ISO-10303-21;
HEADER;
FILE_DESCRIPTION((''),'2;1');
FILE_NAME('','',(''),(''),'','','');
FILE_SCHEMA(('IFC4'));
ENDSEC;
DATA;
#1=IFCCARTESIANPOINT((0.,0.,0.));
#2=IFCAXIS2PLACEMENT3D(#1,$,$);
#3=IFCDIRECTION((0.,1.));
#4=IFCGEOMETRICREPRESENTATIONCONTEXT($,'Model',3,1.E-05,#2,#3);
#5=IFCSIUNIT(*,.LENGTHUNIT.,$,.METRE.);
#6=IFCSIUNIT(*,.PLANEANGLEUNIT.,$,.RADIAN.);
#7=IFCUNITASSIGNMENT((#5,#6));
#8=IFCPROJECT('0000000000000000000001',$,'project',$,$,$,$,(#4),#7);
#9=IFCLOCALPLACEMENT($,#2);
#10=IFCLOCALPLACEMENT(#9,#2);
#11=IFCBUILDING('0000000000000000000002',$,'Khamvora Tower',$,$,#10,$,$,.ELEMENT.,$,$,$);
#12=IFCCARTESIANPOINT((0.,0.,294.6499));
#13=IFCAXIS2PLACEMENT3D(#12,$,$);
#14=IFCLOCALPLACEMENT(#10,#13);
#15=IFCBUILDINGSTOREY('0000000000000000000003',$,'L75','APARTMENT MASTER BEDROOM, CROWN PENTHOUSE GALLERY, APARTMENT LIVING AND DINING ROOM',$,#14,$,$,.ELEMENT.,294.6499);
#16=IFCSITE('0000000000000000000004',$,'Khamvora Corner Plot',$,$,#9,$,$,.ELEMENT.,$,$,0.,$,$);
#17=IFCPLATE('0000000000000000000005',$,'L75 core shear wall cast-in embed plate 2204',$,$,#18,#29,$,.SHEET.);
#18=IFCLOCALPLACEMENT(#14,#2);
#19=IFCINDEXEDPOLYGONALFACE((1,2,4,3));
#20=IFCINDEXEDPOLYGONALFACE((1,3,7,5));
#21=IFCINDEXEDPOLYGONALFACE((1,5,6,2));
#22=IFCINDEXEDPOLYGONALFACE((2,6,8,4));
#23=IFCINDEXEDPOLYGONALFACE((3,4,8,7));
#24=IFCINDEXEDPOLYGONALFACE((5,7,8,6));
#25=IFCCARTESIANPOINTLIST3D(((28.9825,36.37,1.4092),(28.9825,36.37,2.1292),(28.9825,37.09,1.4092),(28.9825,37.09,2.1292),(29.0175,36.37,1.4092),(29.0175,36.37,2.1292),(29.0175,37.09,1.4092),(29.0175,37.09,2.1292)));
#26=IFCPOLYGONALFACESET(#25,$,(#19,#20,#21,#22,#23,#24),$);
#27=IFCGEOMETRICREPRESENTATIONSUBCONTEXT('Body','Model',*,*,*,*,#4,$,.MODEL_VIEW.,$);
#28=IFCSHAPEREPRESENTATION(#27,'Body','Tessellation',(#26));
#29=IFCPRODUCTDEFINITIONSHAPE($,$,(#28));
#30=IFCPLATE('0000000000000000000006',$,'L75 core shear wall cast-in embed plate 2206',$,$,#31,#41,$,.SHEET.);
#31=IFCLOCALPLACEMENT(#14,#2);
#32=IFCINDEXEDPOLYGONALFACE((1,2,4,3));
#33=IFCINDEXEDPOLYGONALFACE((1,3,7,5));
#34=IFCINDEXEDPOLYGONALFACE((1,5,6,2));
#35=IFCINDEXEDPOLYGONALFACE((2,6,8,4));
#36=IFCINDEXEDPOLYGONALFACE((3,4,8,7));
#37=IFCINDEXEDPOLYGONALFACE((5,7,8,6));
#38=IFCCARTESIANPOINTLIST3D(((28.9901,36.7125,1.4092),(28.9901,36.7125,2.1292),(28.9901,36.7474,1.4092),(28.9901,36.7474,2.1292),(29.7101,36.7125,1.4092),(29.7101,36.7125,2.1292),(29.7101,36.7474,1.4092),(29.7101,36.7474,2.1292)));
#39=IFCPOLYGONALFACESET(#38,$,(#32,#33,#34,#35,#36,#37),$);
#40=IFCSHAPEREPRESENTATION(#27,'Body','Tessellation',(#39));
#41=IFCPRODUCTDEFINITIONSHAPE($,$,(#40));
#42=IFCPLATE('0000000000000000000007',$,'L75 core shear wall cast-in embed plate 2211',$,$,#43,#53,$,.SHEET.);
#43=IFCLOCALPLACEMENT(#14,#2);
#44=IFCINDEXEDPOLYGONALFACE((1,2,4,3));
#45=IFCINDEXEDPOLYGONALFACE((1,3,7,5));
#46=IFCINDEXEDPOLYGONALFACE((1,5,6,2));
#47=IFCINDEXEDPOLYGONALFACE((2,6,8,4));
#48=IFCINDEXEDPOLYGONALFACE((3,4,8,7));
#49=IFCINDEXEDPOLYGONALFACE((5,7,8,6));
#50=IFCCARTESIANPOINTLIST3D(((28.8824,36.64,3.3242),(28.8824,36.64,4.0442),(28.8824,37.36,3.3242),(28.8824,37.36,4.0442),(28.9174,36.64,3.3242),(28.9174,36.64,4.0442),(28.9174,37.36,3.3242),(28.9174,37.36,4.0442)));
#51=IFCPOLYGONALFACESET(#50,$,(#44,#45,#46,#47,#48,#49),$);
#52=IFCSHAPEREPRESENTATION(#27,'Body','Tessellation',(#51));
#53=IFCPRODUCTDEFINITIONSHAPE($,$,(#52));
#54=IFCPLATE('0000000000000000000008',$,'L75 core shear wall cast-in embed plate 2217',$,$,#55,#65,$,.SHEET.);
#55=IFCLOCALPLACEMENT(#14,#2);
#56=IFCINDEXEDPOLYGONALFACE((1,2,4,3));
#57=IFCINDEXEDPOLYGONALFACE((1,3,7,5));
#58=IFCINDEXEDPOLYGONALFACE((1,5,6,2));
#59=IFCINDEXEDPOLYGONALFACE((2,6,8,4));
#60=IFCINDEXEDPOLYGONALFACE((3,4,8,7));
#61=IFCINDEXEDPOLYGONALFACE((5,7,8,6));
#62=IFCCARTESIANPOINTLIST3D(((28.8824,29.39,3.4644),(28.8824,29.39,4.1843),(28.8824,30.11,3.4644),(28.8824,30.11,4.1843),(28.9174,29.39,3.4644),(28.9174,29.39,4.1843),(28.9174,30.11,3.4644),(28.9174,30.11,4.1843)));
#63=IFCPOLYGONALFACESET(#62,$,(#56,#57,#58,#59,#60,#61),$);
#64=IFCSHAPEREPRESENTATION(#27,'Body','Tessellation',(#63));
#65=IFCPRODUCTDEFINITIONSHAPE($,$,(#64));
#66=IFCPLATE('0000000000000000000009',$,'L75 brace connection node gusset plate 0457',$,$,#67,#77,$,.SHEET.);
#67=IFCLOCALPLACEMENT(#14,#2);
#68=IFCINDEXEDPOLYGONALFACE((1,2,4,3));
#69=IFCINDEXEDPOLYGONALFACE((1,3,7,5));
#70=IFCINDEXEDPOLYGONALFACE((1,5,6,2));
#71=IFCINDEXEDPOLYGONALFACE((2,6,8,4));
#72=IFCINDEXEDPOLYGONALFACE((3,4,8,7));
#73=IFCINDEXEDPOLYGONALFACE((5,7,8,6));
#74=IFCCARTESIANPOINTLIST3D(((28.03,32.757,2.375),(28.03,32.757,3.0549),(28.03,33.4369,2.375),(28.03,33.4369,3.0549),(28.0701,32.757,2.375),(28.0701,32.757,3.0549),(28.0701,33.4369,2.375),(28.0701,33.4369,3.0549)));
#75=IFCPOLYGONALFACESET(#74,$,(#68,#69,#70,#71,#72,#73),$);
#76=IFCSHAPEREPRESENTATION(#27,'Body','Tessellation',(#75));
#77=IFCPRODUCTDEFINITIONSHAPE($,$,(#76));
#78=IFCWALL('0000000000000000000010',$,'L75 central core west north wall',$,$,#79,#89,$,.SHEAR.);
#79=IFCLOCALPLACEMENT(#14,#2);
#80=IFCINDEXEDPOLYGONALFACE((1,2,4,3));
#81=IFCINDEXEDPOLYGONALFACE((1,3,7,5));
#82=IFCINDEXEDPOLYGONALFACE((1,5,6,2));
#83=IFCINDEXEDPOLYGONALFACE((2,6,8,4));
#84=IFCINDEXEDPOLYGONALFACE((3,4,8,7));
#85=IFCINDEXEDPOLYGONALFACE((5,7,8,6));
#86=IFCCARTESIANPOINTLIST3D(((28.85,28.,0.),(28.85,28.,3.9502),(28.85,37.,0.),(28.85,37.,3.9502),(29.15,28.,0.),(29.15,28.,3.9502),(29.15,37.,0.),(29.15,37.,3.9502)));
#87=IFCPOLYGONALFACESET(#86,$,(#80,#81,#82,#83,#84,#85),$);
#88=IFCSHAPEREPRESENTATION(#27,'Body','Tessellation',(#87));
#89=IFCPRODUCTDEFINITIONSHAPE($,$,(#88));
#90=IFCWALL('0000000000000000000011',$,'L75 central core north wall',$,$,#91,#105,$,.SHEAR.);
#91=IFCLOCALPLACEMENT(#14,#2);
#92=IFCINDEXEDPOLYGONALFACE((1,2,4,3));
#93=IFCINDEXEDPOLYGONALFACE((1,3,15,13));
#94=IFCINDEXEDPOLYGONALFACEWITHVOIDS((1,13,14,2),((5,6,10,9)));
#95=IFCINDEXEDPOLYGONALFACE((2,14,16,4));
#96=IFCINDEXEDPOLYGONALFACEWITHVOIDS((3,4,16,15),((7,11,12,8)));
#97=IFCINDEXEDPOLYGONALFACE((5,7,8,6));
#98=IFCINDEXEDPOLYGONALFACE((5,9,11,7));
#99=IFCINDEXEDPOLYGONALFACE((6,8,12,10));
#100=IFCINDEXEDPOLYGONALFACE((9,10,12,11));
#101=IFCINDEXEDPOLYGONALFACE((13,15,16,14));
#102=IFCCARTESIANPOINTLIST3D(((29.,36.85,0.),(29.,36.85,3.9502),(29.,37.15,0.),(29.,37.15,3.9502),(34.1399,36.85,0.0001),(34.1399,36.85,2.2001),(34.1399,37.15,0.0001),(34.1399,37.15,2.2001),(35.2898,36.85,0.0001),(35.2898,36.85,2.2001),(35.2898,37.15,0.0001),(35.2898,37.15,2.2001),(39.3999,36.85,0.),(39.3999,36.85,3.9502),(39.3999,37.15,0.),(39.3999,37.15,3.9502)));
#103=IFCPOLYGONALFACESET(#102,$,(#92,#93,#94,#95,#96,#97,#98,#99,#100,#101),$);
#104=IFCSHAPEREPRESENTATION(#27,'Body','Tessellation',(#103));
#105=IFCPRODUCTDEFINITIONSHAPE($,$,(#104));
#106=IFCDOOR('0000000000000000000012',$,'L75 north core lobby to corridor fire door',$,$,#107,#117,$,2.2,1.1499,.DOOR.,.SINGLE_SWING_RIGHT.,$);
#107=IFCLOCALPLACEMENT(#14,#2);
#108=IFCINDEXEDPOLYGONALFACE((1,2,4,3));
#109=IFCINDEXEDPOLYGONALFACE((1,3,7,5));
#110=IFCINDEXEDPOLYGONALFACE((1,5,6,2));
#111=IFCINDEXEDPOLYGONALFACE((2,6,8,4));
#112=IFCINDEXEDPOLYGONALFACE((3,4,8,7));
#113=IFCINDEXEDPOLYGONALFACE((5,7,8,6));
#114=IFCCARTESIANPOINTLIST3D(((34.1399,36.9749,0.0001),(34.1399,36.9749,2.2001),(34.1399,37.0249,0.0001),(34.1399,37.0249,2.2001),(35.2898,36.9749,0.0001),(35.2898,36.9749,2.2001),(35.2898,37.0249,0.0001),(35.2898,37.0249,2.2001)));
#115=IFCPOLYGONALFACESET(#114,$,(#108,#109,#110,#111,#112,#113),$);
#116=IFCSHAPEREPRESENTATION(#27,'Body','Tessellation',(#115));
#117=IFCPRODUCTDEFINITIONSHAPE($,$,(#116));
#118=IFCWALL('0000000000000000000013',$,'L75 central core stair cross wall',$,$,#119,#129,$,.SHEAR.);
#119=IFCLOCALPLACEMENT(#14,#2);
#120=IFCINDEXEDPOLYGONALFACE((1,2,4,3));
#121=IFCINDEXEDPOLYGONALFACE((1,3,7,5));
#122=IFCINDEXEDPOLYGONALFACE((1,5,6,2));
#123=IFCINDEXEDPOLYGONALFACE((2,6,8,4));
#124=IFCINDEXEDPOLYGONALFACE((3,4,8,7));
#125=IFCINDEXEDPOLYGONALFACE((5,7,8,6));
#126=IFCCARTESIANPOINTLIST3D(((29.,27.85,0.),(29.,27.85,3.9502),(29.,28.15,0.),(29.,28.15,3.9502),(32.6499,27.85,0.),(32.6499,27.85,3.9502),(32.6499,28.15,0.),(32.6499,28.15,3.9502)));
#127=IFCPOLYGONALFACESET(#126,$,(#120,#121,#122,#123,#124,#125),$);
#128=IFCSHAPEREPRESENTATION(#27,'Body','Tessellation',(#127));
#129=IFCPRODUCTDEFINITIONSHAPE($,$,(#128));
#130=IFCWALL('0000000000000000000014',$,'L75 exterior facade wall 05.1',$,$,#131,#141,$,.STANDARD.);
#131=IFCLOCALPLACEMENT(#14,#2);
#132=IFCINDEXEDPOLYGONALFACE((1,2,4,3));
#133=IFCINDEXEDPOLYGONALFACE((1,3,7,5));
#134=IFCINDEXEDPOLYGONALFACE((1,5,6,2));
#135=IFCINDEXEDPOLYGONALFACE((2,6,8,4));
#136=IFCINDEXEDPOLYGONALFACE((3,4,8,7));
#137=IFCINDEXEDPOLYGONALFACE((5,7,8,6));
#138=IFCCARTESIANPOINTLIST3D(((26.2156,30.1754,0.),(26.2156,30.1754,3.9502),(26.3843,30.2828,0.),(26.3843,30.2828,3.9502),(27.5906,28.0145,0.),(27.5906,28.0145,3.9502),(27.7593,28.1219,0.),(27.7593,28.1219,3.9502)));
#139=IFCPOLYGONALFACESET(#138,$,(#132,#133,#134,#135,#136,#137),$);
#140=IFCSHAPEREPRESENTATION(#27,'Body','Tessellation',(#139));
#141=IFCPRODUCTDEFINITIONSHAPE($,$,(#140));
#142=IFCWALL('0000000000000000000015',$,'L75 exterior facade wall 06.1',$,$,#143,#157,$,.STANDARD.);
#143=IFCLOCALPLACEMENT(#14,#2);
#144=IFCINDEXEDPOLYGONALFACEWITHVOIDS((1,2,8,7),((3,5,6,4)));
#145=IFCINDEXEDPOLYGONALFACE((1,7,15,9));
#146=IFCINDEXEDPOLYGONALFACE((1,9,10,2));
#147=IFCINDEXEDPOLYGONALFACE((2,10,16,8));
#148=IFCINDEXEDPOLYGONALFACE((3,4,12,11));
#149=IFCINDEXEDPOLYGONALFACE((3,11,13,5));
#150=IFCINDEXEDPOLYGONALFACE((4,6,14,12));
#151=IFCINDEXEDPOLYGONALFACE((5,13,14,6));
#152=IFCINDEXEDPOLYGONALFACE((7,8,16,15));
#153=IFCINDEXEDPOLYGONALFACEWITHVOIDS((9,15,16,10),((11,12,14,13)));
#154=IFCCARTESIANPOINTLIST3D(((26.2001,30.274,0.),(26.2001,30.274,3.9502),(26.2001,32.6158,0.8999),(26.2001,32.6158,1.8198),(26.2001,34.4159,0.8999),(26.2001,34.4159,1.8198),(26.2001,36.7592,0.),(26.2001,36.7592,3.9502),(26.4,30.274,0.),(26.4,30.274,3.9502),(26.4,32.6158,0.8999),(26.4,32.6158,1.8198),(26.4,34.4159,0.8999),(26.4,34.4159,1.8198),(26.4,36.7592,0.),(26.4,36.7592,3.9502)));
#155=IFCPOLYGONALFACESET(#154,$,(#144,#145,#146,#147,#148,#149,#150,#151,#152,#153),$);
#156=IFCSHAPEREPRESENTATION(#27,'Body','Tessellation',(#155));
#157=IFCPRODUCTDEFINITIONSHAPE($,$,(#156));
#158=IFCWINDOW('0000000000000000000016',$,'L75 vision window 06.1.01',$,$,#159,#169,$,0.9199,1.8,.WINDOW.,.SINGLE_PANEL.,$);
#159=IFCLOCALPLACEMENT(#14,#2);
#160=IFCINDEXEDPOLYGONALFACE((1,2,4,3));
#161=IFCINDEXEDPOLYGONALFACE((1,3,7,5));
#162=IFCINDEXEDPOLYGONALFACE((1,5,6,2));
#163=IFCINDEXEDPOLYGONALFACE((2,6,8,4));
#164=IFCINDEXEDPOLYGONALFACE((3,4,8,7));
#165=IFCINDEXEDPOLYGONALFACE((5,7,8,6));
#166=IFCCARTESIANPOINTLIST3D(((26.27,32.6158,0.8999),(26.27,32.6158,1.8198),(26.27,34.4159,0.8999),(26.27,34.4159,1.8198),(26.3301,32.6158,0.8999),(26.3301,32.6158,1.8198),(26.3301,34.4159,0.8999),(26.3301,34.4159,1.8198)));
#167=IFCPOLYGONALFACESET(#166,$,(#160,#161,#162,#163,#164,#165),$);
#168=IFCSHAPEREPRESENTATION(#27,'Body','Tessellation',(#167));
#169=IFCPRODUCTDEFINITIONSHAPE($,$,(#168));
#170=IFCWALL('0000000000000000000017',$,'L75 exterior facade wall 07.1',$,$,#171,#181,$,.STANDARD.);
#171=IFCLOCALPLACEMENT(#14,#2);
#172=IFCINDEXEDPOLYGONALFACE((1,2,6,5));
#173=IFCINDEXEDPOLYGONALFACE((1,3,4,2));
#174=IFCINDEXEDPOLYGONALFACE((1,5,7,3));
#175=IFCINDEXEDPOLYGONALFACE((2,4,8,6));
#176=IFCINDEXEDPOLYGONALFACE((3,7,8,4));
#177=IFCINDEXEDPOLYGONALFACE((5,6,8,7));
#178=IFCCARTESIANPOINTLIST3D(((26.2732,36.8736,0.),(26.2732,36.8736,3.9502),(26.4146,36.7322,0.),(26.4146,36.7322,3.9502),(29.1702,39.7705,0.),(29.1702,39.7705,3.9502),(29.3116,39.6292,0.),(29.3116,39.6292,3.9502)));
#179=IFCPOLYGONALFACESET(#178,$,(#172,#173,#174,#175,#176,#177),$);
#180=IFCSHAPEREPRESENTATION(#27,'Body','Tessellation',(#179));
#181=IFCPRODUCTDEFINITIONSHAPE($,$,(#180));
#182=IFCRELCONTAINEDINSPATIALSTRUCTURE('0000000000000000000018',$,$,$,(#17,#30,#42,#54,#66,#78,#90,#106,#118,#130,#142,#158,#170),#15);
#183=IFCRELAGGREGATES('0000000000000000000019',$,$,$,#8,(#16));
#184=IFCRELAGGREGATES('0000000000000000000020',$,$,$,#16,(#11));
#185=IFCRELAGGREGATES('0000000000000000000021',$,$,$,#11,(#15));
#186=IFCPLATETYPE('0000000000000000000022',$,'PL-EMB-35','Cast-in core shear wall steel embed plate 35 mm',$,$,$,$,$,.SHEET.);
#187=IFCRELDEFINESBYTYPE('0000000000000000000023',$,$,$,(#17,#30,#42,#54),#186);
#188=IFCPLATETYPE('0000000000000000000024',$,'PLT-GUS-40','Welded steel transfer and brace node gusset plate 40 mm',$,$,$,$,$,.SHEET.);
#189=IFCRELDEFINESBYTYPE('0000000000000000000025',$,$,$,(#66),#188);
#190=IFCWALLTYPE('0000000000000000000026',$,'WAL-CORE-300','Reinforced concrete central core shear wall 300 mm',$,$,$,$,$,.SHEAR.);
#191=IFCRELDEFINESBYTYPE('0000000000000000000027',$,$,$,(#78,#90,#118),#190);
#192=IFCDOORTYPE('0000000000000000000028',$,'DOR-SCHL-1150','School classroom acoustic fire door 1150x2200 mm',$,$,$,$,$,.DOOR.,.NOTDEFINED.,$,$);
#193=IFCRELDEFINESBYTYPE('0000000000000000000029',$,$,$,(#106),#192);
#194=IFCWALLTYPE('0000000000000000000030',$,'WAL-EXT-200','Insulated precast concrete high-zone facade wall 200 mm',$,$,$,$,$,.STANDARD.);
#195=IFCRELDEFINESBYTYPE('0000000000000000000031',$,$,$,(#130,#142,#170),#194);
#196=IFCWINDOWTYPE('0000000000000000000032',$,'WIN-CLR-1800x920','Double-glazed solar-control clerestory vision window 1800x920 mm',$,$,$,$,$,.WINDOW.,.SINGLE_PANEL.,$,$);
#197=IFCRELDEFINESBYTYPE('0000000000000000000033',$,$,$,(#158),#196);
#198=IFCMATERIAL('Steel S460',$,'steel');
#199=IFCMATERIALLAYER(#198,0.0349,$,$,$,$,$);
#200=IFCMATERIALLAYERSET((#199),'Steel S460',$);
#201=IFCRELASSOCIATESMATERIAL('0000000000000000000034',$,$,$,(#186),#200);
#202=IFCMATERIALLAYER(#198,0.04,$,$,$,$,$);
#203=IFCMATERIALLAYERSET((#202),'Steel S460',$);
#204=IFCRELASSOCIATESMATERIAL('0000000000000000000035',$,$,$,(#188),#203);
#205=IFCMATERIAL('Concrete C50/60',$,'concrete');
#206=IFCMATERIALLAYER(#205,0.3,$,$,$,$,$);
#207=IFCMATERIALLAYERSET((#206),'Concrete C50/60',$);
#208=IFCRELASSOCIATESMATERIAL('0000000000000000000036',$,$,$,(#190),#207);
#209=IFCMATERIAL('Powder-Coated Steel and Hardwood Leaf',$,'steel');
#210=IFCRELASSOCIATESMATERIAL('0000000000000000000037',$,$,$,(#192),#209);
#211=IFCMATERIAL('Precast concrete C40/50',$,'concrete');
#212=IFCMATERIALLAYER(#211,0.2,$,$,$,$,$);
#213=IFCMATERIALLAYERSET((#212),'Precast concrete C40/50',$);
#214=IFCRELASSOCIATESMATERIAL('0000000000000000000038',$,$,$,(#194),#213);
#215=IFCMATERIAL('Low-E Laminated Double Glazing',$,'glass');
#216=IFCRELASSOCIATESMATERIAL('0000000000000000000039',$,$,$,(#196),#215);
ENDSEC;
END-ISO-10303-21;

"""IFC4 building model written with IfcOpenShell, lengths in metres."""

from ifc_helpers import new_model, si_unit, direction, frame, frame_2d, origin, origin_2d, place, context, subcontext, project, spatial, rectangle, extrude, material, layer, layer_set, type_object, element, fill, save


model = new_model("IFC4")

# Units and contexts
model_context = context("Model", 3, precision=1e-05, world=origin(), true_north=direction((0.0, 1.0)))
body_context = subcontext(model_context, "Body", "Model", "MODEL_VIEW")
ifc_project = project(units=[si_unit("LENGTHUNIT", "METRE"), si_unit("PLANEANGLEUNIT", "RADIAN")], contexts=[model_context])

# Site, building, storey
site_placement = place(None, origin())
site = spatial("IfcSite", under=ifc_project, at=site_placement, Name="Khamvora Corner Plot", CompositionType="ELEMENT", RefElevation=0.0)
building_placement = place(site_placement, origin())
building = spatial("IfcBuilding", under=site, at=building_placement, Name="Khamvora Tower", CompositionType="ELEMENT")
storey_placement = place(building_placement, frame((0.0, 0.0, 294.6499)))
storey = spatial("IfcBuildingStorey", under=building, at=storey_placement, Name="L75", Description="APARTMENT MASTER BEDROOM, CROWN PENTHOUSE GALLERY, APARTMENT LIVING AND DINING ROOM", CompositionType="ELEMENT", Elevation=294.6499)

# Plates
ifc_material_1 = material(Name="Steel S460", Category="steel")
ifc_layer_1 = layer(ifc_material_1, 0.0349)
ifc_layer_set_1 = layer_set([ifc_layer_1], Name="Steel S460")
plate_type_1 = type_object("IfcPlateType", Name="PL-EMB-35", Description="Cast-in core shear wall steel embed plate 35 mm", PredefinedType="SHEET", material=ifc_layer_set_1)
for number, where, z_axis, x_axis, name in (
    (1, (29.0, 36.73, 1.4092), (0.0, 0.0, 1.0), (1.0, 0.0, 0.0), "L75 core shear wall cast-in embed plate 2204"),
):
    element("IfcPlate", number, at=place(storey_placement, frame(where, z_axis=z_axis, x_axis=x_axis)), inside=storey, type_object=plate_type_1, Name=name, PredefinedType="SHEET", context=body_context, shape_type="SweptSolid", body=[
        extrude(rectangle(XDim=0.0349, YDim=0.72, at=origin_2d()), origin(), (0.0, 0.0, 1.0), 0.72),
    ])
plate_1_placement = place(storey_placement, frame((29.3501, 36.73, 1.4092), z_axis=(0.0, 0.0, 1.0), x_axis=(1.0, 0.0, 0.0)))
element("IfcPlate", 2, at=plate_1_placement, inside=storey, type_object=plate_type_1, Name="L75 core shear wall cast-in embed plate 2206", PredefinedType="SHEET", context=body_context, shape_type="SweptSolid", body=[
    extrude(rectangle(XDim=0.72, YDim=0.0349, at=origin_2d()), origin(), (0.0, 0.0, 1.0), 0.72),
])
for number, where, z_axis, x_axis, name in (
    (3, (28.8999, 37.0, 3.3242), (0.0, 0.0, 1.0), (1.0, 0.0, 0.0), "L75 core shear wall cast-in embed plate 2211"),
    (4, (28.8999, 29.75, 3.4644), (0.0, 0.0, 1.0), (1.0, 0.0, 0.0), "L75 core shear wall cast-in embed plate 2217"),
):
    element("IfcPlate", number, at=place(storey_placement, frame(where, z_axis=z_axis, x_axis=x_axis)), inside=storey, type_object=plate_type_1, Name=name, PredefinedType="SHEET", context=body_context, shape_type="SweptSolid", body=[
        extrude(rectangle(XDim=0.0349, YDim=0.72, at=origin_2d()), origin(), (0.0, 0.0, 1.0), 0.72),
    ])
ifc_layer_2 = layer(ifc_material_1, 0.04)
ifc_layer_set_2 = layer_set([ifc_layer_2], Name="Steel S460")
plate_type_2 = type_object("IfcPlateType", Name="PLT-GUS-40", Description="Welded steel transfer and brace node gusset plate 40 mm", PredefinedType="SHEET", material=ifc_layer_set_2)
plate_2_placement = place(storey_placement, frame((28.05, 33.0969, 2.375), z_axis=(0.0, 0.0, 1.0), x_axis=(0.0, 1.0, 0.0)))
element("IfcPlate", 5, at=plate_2_placement, inside=storey, type_object=plate_type_2, Name="L75 brace connection node gusset plate 0457", PredefinedType="SHEET", context=body_context, shape_type="SweptSolid", body=[
    extrude(rectangle(XDim=0.6799, YDim=0.04, at=origin_2d()), origin(), (0.0, 0.0, 1.0), 0.6799),
])

# Wall
ifc_material_2 = material(Name="Concrete C50/60", Category="concrete")
ifc_layer_3 = layer(ifc_material_2, 0.3)
ifc_layer_set_3 = layer_set([ifc_layer_3], Name="Concrete C50/60")
wall_type_1 = type_object("IfcWallType", Name="WAL-CORE-300", Description="Reinforced concrete central core shear wall 300 mm", PredefinedType="SHEAR", material=ifc_layer_set_3)
wall_1_placement = place(storey_placement, frame((29.0, 28.0, 0.0), z_axis=(0.0, 0.0, 1.0), x_axis=(0.0, 1.0, 0.0)))
element("IfcWall", 6, at=wall_1_placement, inside=storey, type_object=wall_type_1, Name="L75 central core west north wall", PredefinedType="SHEAR", context=body_context, shape_type="SweptSolid", body=[
    extrude(rectangle(XDim=9.0, YDim=0.3, at=frame_2d((4.5, 0.0))), origin(), (0.0, 0.0, 1.0), 3.9502),
])

# Wall, opening, door
wall_2_placement = place(storey_placement, frame((29.0, 37.0, 0.0), z_axis=(0.0, 0.0, 1.0), x_axis=(1.0, 0.0, 0.0)))
wall_2 = element("IfcWall", 7, at=wall_2_placement, inside=storey, type_object=wall_type_1, Name="L75 central core north wall", PredefinedType="SHEAR", context=body_context, shape_type="SweptSolid", body=[
    extrude(rectangle(XDim=10.3999, YDim=0.3, at=frame_2d((5.2, 0.0))), origin(), (0.0, 0.0, 1.0), 3.9502),
])
opening_1_placement = place(wall_2_placement, frame((5.1399, 0.0, 0.0)))
opening_1 = element("IfcOpeningElement", 8, at=opening_1_placement, cuts=wall_2, PredefinedType="OPENING", context=body_context, shape_type="SweptSolid", body=[
    extrude(rectangle(XDim=1.1499, YDim=2.2, at=frame_2d((0.575, 1.1001))), frame((0.0, 0.1599, 0.0), z_axis=(0.0, -1.0, 0.0), x_axis=(1.0, 0.0, 0.0)), (0.0, 0.0, 1.0), 0.3201),
])
ifc_material_3 = material(Name="Powder-Coated Steel and Hardwood Leaf", Category="steel")
door_type_1 = type_object("IfcDoorType", Name="DOR-SCHL-1150", Description="School classroom acoustic fire door 1150x2200 mm", OperationType="NOTDEFINED", PredefinedType="DOOR", material=ifc_material_3)
door_1_placement = place(opening_1_placement, origin())
door_1 = element("IfcDoor", 9, at=door_1_placement, inside=storey, type_object=door_type_1, Name="L75 north core lobby to corridor fire door", OperationType="SINGLE_SWING_RIGHT", OverallHeight=2.2, OverallWidth=1.1499, PredefinedType="DOOR", context=body_context, shape_type="SweptSolid", body=[
    extrude(rectangle(XDim=1.1499, YDim=2.2, at=frame_2d((0.575, 1.1001))), frame((0.0, 0.0249, 0.0), z_axis=(0.0, -1.0, 0.0), x_axis=(1.0, 0.0, 0.0)), (0.0, 0.0, 1.0), 0.05),
])
fill(opening_1, door_1)

# Walls
wall_3_placement = place(storey_placement, frame((29.0, 28.0, 0.0), z_axis=(0.0, 0.0, 1.0), x_axis=(1.0, 0.0, 0.0)))
element("IfcWall", 10, at=wall_3_placement, inside=storey, type_object=wall_type_1, Name="L75 central core stair cross wall", PredefinedType="SHEAR", context=body_context, shape_type="SweptSolid", body=[
    extrude(rectangle(XDim=3.6499, YDim=0.3, at=frame_2d((1.825, 0.0))), origin(), (0.0, 0.0, 1.0), 3.9502),
])
ifc_material_4 = material(Name="Precast concrete C40/50", Category="concrete")
ifc_layer_4 = layer(ifc_material_4, 0.2)
ifc_layer_set_4 = layer_set([ifc_layer_4], Name="Precast concrete C40/50")
wall_type_2 = type_object("IfcWallType", Name="WAL-EXT-200", Description="Insulated precast concrete high-zone facade wall 200 mm", PredefinedType="STANDARD", material=ifc_layer_set_4)
wall_4_placement = place(storey_placement, frame((27.675, 28.0681, 0.0), z_axis=(0.0, 0.0, 1.0), x_axis=(-0.536845, 0.843681, 0.0)))
element("IfcWall", 11, at=wall_4_placement, inside=storey, type_object=wall_type_2, Name="L75 exterior facade wall 05.1", PredefinedType="STANDARD", context=body_context, shape_type="SweptSolid", body=[
    extrude(rectangle(XDim=2.5613, YDim=0.2, at=frame_2d((1.2808, 0.0))), origin(), (0.0, 0.0, 1.0), 3.9502),
])

# Wall, opening, window
wall_5_placement = place(storey_placement, frame((26.3, 30.2739, 0.0), z_axis=(0.0, 0.0, 1.0), x_axis=(0.0, 1.0, 0.0)))
wall_5 = element("IfcWall", 12, at=wall_5_placement, inside=storey, type_object=wall_type_2, Name="L75 exterior facade wall 06.1", PredefinedType="STANDARD", context=body_context, shape_type="SweptSolid", body=[
    extrude(rectangle(XDim=6.4851, YDim=0.2, at=frame_2d((3.2427, 0.0))), origin(), (0.0, 0.0, 1.0), 3.9502),
])
opening_2_placement = place(wall_5_placement, frame((2.342, 0.0, 0.8999)))
opening_2 = element("IfcOpeningElement", 13, at=opening_2_placement, cuts=wall_5, PredefinedType="OPENING", context=body_context, shape_type="SweptSolid", body=[
    extrude(rectangle(XDim=1.8, YDim=0.9199, at=frame_2d((0.8999, 0.46))), frame((0.0, 0.1099, 0.0), z_axis=(0.0, -1.0, 0.0), x_axis=(1.0, 0.0, 0.0)), (0.0, 0.0, 1.0), 0.22),
])
ifc_material_5 = material(Name="Low-E Laminated Double Glazing", Category="glass")
window_type_1 = type_object("IfcWindowType", Name="WIN-CLR-1800x920", Description="Double-glazed solar-control clerestory vision window 1800x920 mm", PartitioningType="SINGLE_PANEL", PredefinedType="WINDOW", material=ifc_material_5)
window_1_placement = place(opening_2_placement, origin())
window_1 = element("IfcWindow", 14, at=window_1_placement, inside=storey, type_object=window_type_1, Name="L75 vision window 06.1.01", OverallHeight=0.9199, OverallWidth=1.8, PartitioningType="SINGLE_PANEL", PredefinedType="WINDOW", context=body_context, shape_type="SweptSolid", body=[
    extrude(rectangle(XDim=1.8, YDim=0.9199, at=frame_2d((0.8999, 0.46))), frame((0.0, 0.03, 0.0), z_axis=(0.0, -1.0, 0.0), x_axis=(1.0, 0.0, 0.0)), (0.0, 0.0, 1.0), 0.0601),
])
fill(opening_2, window_1)

# Wall
wall_6_placement = place(storey_placement, frame((26.344, 36.803, 0.0), z_axis=(0.0, 0.0, 1.0), x_axis=(0.707107, 0.707107, 0.0)))
element("IfcWall", 15, at=wall_6_placement, inside=storey, type_object=wall_type_2, Name="L75 exterior facade wall 07.1", PredefinedType="STANDARD", context=body_context, shape_type="SweptSolid", body=[
    extrude(rectangle(XDim=4.0969, YDim=0.2, at=frame_2d((2.0483, 0.0))), origin(), (0.0, 0.0, 1.0), 3.9502),
])

save(model, "model.ifc")
